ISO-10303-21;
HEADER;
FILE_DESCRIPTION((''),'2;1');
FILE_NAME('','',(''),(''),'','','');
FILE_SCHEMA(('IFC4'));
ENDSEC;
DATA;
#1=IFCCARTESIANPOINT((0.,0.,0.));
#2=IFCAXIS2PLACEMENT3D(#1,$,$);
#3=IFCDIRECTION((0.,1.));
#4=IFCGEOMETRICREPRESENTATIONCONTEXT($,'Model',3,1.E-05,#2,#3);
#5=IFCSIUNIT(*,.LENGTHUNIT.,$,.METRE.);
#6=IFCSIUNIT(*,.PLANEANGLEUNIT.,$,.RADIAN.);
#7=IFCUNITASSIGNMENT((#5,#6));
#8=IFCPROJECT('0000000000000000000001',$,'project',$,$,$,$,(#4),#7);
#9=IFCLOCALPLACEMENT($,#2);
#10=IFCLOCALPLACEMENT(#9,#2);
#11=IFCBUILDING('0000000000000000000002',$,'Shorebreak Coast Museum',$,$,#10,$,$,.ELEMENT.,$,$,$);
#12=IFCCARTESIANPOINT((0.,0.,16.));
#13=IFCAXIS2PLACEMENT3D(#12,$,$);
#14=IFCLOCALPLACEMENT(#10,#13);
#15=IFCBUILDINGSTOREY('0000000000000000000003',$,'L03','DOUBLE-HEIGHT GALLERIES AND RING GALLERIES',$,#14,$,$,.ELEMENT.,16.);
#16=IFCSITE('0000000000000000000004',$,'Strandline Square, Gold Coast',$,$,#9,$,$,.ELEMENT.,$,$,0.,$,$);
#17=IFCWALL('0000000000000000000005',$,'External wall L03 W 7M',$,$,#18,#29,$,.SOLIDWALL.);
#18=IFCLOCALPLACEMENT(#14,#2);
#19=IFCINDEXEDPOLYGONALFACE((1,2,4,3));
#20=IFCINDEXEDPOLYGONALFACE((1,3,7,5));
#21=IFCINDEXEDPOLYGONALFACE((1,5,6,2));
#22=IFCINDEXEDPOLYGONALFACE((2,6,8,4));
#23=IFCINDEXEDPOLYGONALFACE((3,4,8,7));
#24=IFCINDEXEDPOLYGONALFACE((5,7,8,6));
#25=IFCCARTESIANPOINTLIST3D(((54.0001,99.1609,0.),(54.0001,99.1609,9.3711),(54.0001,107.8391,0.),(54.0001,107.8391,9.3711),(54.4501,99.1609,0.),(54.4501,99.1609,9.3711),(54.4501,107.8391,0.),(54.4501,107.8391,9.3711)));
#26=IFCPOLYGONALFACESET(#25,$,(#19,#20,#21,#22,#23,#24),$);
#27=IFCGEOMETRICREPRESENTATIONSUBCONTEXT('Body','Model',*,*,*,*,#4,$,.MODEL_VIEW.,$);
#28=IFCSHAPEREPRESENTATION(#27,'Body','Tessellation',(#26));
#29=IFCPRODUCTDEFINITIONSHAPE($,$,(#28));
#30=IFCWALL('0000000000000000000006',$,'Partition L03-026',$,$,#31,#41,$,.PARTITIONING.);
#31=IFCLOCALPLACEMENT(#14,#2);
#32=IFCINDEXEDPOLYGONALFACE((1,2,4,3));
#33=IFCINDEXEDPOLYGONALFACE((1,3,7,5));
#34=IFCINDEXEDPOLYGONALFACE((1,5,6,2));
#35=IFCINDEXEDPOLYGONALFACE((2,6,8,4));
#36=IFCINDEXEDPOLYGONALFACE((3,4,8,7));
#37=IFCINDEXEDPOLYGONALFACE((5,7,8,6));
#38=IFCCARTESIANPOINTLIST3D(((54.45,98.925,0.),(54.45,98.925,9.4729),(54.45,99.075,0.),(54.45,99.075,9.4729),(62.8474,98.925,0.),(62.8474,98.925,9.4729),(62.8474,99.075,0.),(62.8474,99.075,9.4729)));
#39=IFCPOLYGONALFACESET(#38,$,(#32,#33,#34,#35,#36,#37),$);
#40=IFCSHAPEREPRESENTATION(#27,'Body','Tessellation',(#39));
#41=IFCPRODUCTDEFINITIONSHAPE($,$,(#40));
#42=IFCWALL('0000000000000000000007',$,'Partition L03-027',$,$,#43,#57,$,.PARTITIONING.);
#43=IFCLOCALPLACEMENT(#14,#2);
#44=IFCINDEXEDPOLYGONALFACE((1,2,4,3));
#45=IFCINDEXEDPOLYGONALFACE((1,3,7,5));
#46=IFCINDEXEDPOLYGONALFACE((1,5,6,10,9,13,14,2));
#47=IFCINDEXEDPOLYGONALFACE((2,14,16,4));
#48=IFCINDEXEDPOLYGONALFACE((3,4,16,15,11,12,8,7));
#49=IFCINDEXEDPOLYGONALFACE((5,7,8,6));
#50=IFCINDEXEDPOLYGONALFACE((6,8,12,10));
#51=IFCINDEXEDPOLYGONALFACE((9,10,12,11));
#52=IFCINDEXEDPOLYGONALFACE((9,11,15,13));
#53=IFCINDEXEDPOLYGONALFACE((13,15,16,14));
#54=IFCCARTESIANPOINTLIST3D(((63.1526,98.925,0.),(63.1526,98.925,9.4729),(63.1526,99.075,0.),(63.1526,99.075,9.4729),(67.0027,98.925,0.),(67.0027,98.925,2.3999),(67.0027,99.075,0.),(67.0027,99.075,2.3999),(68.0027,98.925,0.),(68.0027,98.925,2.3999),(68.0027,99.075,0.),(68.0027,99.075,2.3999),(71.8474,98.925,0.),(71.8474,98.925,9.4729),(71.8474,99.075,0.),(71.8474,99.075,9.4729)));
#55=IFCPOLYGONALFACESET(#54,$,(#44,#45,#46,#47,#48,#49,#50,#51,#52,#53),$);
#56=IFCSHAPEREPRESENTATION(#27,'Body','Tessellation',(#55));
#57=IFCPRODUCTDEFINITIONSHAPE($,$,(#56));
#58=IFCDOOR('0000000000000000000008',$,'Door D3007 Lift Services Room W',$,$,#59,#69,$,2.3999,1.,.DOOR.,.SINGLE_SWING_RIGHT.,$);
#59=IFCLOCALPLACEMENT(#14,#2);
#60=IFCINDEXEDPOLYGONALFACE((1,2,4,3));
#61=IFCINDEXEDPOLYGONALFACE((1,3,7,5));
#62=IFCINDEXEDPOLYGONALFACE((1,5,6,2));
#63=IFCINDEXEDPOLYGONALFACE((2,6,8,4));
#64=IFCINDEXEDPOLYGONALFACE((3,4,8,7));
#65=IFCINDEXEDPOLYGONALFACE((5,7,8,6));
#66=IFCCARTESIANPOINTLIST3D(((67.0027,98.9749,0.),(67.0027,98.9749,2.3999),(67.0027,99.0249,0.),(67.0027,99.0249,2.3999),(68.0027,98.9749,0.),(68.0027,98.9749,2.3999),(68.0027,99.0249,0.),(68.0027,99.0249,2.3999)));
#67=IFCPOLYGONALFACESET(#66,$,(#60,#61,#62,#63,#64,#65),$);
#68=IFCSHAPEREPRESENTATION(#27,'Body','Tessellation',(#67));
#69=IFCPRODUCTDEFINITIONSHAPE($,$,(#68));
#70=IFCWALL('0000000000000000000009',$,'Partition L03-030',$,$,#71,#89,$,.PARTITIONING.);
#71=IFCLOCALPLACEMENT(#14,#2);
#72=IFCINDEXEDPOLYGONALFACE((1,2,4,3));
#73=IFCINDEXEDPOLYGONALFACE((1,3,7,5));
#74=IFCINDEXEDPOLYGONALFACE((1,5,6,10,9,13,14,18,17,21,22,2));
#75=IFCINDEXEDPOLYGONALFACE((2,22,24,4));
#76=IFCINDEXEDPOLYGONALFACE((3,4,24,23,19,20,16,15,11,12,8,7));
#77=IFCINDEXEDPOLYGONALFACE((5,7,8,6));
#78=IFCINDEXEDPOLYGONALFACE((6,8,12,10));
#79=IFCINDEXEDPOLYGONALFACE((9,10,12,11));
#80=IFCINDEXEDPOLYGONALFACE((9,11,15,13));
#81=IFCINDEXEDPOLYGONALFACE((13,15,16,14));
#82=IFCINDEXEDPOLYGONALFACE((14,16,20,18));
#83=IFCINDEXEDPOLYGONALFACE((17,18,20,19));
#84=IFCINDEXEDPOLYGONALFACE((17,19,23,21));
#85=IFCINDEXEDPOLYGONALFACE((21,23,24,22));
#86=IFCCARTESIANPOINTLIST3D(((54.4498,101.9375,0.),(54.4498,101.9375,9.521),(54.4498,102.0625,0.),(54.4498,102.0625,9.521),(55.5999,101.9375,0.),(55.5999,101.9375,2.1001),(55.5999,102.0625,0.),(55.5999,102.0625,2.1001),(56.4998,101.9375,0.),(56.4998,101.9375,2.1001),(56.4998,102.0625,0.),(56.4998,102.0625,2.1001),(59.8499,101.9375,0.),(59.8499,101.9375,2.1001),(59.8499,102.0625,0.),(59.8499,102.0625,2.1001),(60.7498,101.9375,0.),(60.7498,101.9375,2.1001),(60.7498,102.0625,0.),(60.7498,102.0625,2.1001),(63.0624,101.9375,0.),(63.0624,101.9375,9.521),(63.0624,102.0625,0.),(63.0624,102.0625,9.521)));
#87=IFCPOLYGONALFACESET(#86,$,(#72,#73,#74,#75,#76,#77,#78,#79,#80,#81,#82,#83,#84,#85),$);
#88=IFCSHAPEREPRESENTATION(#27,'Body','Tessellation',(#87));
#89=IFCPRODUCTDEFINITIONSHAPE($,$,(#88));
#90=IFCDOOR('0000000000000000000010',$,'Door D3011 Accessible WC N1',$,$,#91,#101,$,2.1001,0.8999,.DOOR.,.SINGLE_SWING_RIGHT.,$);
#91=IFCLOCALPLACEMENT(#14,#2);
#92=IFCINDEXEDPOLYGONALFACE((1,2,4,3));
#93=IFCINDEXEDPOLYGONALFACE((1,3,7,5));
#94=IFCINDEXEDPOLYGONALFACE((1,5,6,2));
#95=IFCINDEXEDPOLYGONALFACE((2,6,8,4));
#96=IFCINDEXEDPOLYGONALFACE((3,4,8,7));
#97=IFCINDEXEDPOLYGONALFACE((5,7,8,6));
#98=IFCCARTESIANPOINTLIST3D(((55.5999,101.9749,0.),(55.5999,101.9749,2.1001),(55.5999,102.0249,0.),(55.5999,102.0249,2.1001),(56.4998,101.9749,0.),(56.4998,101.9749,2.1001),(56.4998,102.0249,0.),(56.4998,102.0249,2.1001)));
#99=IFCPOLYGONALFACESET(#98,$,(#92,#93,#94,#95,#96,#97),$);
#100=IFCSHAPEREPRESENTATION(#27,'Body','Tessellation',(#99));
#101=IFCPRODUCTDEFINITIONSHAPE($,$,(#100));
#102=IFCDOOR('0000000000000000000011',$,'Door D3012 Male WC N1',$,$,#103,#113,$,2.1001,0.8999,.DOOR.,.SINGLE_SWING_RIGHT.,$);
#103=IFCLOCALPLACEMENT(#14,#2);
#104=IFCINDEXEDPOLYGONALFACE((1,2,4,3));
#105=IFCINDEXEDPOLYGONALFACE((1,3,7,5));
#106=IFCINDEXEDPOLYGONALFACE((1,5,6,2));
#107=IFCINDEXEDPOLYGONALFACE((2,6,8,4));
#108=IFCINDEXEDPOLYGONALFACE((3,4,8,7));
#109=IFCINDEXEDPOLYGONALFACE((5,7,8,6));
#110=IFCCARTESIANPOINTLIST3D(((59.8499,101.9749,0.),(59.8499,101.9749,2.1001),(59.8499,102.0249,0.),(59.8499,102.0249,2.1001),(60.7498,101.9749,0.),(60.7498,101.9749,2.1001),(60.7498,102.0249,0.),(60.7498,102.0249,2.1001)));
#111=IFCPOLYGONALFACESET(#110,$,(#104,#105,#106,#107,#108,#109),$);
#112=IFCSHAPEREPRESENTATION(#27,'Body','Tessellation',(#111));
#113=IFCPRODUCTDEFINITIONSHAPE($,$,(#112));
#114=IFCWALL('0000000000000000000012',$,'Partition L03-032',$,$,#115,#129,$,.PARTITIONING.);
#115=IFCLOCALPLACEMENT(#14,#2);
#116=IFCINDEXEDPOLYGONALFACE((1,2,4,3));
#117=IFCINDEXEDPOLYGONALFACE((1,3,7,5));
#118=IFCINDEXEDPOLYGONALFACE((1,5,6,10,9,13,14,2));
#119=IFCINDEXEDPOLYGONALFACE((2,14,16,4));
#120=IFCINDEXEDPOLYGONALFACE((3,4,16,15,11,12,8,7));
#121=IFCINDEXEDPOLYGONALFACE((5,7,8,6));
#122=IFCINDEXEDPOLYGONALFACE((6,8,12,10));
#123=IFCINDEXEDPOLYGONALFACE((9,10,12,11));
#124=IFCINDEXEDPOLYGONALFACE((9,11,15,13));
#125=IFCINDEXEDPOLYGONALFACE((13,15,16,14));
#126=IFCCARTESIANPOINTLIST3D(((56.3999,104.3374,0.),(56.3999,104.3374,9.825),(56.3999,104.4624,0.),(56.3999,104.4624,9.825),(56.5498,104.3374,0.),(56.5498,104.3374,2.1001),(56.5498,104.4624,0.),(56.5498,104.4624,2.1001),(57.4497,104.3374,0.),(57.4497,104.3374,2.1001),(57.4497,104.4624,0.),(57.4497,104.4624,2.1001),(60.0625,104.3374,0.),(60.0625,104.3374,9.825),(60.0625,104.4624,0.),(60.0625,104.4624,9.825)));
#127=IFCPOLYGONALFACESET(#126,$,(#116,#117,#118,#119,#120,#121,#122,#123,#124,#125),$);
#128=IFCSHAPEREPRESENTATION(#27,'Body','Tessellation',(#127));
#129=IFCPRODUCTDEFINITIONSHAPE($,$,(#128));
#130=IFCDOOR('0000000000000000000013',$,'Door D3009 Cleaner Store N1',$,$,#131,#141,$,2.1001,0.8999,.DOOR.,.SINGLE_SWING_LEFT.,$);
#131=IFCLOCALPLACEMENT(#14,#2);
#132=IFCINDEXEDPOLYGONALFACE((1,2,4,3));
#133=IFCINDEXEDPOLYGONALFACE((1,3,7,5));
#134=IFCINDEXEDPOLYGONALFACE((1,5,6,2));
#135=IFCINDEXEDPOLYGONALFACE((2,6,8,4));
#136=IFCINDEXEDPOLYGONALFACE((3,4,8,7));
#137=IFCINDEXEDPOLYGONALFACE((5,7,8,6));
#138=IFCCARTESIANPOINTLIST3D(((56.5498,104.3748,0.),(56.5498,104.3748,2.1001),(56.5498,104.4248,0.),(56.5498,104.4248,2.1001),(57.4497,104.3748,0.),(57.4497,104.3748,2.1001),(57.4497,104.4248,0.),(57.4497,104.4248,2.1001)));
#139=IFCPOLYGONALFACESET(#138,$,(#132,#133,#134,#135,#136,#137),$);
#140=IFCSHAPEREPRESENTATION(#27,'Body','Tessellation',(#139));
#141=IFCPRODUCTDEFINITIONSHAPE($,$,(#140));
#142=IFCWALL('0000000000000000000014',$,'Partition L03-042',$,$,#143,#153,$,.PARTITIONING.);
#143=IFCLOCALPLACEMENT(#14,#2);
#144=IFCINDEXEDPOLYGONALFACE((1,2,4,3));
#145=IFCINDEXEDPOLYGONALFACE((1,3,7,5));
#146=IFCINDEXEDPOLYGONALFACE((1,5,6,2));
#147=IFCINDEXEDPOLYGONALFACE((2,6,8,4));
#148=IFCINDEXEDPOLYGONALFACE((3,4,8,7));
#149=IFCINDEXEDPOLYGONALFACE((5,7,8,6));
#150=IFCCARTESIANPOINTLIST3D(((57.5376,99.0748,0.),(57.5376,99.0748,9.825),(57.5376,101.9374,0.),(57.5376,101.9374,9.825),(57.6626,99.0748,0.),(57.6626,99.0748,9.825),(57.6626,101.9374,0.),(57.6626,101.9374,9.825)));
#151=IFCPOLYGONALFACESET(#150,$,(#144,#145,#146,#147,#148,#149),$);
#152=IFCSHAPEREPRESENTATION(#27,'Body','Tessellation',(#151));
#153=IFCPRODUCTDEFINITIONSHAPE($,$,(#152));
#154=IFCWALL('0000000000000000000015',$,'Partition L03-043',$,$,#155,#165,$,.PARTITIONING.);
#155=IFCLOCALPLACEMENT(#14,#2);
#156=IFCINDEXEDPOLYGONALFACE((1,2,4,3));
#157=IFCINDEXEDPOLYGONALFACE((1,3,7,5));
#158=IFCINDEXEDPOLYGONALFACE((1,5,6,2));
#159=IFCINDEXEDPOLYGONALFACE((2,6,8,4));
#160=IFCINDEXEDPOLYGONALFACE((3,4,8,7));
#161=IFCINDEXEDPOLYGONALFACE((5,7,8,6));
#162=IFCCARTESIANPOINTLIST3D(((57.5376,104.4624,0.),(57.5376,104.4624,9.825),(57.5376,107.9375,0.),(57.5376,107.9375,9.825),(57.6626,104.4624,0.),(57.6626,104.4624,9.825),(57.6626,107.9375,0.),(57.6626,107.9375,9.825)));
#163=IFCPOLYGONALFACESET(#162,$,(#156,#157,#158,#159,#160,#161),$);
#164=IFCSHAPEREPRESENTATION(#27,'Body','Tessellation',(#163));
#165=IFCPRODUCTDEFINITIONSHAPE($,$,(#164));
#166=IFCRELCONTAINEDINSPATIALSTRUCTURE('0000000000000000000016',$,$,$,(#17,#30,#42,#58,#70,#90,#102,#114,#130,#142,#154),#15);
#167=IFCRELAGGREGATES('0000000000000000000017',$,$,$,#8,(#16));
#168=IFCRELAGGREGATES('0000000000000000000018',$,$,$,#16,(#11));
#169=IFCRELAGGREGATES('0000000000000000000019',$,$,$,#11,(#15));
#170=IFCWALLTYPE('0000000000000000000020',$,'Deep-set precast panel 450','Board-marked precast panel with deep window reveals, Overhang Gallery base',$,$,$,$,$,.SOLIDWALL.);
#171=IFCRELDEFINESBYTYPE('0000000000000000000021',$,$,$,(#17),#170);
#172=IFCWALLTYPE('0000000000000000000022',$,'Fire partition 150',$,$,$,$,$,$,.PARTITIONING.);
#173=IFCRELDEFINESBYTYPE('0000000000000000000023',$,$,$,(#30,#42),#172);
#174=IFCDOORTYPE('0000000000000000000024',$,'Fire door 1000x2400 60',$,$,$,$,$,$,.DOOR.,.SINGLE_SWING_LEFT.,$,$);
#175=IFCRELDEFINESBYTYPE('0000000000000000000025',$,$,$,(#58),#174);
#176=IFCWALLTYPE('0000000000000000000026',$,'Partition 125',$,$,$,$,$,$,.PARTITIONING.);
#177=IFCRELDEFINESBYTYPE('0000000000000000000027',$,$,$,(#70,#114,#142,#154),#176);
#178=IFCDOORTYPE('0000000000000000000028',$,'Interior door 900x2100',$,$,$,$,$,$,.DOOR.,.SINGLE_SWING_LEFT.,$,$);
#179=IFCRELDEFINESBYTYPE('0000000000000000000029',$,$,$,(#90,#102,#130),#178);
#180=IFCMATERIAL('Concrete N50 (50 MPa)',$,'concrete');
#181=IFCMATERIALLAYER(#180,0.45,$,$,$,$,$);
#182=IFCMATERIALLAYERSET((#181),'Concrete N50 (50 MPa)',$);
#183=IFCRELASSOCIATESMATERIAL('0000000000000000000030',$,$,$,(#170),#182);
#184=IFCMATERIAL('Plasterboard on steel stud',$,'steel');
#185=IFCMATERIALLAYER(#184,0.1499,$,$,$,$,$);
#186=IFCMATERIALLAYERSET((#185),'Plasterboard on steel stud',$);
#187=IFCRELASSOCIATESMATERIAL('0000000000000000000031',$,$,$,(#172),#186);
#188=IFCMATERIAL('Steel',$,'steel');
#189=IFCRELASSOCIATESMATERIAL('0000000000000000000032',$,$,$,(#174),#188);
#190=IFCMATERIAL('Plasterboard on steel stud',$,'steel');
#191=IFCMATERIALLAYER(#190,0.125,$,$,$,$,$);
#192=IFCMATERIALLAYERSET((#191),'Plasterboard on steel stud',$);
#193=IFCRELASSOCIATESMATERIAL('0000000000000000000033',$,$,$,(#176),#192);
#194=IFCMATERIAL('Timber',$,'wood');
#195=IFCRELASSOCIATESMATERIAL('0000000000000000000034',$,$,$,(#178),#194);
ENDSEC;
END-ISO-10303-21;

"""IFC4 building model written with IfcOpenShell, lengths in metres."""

from ifc_helpers import new_model, si_unit, direction, frame, frame_2d, origin, place, context, subcontext, project, spatial, rectangle, extrude, material, layer, layer_set, type_object, element, fill, save


model = new_model("IFC4")

# Units and contexts
model_context = context("Model", 3, precision=1e-05, world=origin(), true_north=direction((0.0, 1.0)))
body_context = subcontext(model_context, "Body", "Model", "MODEL_VIEW")
ifc_project = project(units=[si_unit("LENGTHUNIT", "METRE"), si_unit("PLANEANGLEUNIT", "RADIAN")], contexts=[model_context])

# Site, building, storey
site_placement = place(None, origin())
site = spatial("IfcSite", under=ifc_project, at=site_placement, Name="Strandline Square, Gold Coast", CompositionType="ELEMENT", RefElevation=0.0)
building_placement = place(site_placement, origin())
building = spatial("IfcBuilding", under=site, at=building_placement, Name="Shorebreak Coast Museum", CompositionType="ELEMENT")
storey_placement = place(building_placement, frame((0.0, 0.0, 16.0)))
storey = spatial("IfcBuildingStorey", under=building, at=storey_placement, Name="L03", Description="DOUBLE-HEIGHT GALLERIES AND RING GALLERIES", CompositionType="ELEMENT", Elevation=16.0)

# Walls
ifc_material_1 = material(Name="Concrete N50 (50 MPa)", Category="concrete")
ifc_layer_1 = layer(ifc_material_1, 0.45)
ifc_layer_set_1 = layer_set([ifc_layer_1], Name="Concrete N50 (50 MPa)")
wall_type_1 = type_object("IfcWallType", Name="Deep-set precast panel 450", Description="Board-marked precast panel with deep window reveals, Overhang Gallery base", PredefinedType="SOLIDWALL", material=ifc_layer_set_1)
wall_1_placement = place(storey_placement, frame((54.2251, 99.1609, 0.0), z_axis=(0.0, 0.0, 1.0), x_axis=(0.0, 1.0, 0.0)))
element("IfcWall", 1, at=wall_1_placement, inside=storey, type_object=wall_type_1, Name="External wall L03 W 7M", PredefinedType="SOLIDWALL", context=body_context, shape_type="SweptSolid", body=[
    extrude(rectangle(XDim=8.6782, YDim=0.45, at=frame_2d((4.3391, 0.0))), origin(), (0.0, 0.0, 1.0), 9.3711),
])
ifc_material_2 = material(Name="Plasterboard on steel stud", Category="steel")
ifc_layer_2 = layer(ifc_material_2, 0.1499)
ifc_layer_set_2 = layer_set([ifc_layer_2], Name="Plasterboard on steel stud")
wall_type_2 = type_object("IfcWallType", Name="Fire partition 150", PredefinedType="PARTITIONING", material=ifc_layer_set_2)
wall_2_placement = place(storey_placement, frame((54.45, 99.0, 0.0), z_axis=(0.0, 0.0, 1.0), x_axis=(1.0, 0.0, 0.0)))
element("IfcWall", 2, at=wall_2_placement, inside=storey, type_object=wall_type_2, Name="Partition L03-026", PredefinedType="PARTITIONING", context=body_context, shape_type="SweptSolid", body=[
    extrude(rectangle(XDim=8.3975, YDim=0.1499, at=frame_2d((4.1987, 0.0))), origin(), (0.0, 0.0, 1.0), 9.4729),
])

# Wall, opening, door
wall_3_placement = place(storey_placement, frame((63.1526, 99.0, 0.0), z_axis=(0.0, 0.0, 1.0), x_axis=(1.0, 0.0, 0.0)))
wall_3 = element("IfcWall", 3, at=wall_3_placement, inside=storey, type_object=wall_type_2, Name="Partition L03-027", PredefinedType="PARTITIONING", context=body_context, shape_type="SweptSolid", body=[
    extrude(rectangle(XDim=8.6948, YDim=0.1499, at=frame_2d((4.3474, 0.0))), origin(), (0.0, 0.0, 1.0), 9.4729),
])
opening_1_placement = place(wall_3_placement, frame((3.8501, 0.0, 0.0)))
opening_1 = element("IfcOpeningElement", 4, at=opening_1_placement, cuts=wall_3, PredefinedType="OPENING", context=body_context, shape_type="SweptSolid", body=[
    extrude(rectangle(XDim=1.0, YDim=2.3999, at=frame_2d((0.5, 1.2))), frame((0.0, 0.085, 0.0), z_axis=(0.0, -1.0, 0.0), x_axis=(1.0, 0.0, 0.0)), (0.0, 0.0, 1.0), 0.1699),
])
ifc_material_3 = material(Name="Steel", Category="steel")
door_type_1 = type_object("IfcDoorType", Name="Fire door 1000x2400 60", OperationType="SINGLE_SWING_LEFT", PredefinedType="DOOR", material=ifc_material_3)
door_1_placement = place(opening_1_placement, origin())
door_1 = element("IfcDoor", 5, at=door_1_placement, inside=storey, type_object=door_type_1, Name="Door D3007 Lift Services Room W", OperationType="SINGLE_SWING_RIGHT", OverallHeight=2.3999, OverallWidth=1.0, PredefinedType="DOOR", context=body_context, shape_type="SweptSolid", body=[
    extrude(rectangle(XDim=1.0, YDim=2.3999, at=frame_2d((0.5, 1.2))), frame((0.0, 0.0249, 0.0), z_axis=(0.0, -1.0, 0.0), x_axis=(1.0, 0.0, 0.0)), (0.0, 0.0, 1.0), 0.05),
])
fill(opening_1, door_1)

# Wall, openings, doors
ifc_material_4 = material(Name="Plasterboard on steel stud", Category="steel")
ifc_layer_3 = layer(ifc_material_4, 0.125)
ifc_layer_set_3 = layer_set([ifc_layer_3], Name="Plasterboard on steel stud")
wall_type_3 = type_object("IfcWallType", Name="Partition 125", PredefinedType="PARTITIONING", material=ifc_layer_set_3)
wall_4_placement = place(storey_placement, frame((54.45, 102.0, 0.0), z_axis=(0.0, 0.0, 1.0), x_axis=(1.0, 0.0, 0.0)))
wall_4 = element("IfcWall", 6, at=wall_4_placement, inside=storey, type_object=wall_type_3, Name="Partition L03-030", PredefinedType="PARTITIONING", context=body_context, shape_type="SweptSolid", body=[
    extrude(rectangle(XDim=8.6125, YDim=0.125, at=frame_2d((4.3062, 0.0))), origin(), (0.0, 0.0, 1.0), 9.521),
])
opening_2_placement = place(wall_4_placement, frame((1.1499, 0.0, 0.0)))
opening_2 = element("IfcOpeningElement", 7, at=opening_2_placement, cuts=wall_4, PredefinedType="OPENING", context=body_context, shape_type="SweptSolid", body=[
    extrude(rectangle(XDim=0.8999, YDim=2.1001, at=frame_2d((0.45, 1.05))), frame((0.0, 0.0725, 0.0), z_axis=(0.0, -1.0, 0.0), x_axis=(1.0, 0.0, 0.0)), (0.0, 0.0, 1.0), 0.145),
])
opening_3_placement = place(wall_4_placement, frame((5.3999, 0.0, 0.0)))
opening_3 = element("IfcOpeningElement", 8, at=opening_3_placement, cuts=wall_4, PredefinedType="OPENING", context=body_context, shape_type="SweptSolid", body=[
    extrude(rectangle(XDim=0.8999, YDim=2.1001, at=frame_2d((0.45, 1.05))), frame((0.0, 0.0725, 0.0), z_axis=(0.0, -1.0, 0.0), x_axis=(1.0, 0.0, 0.0)), (0.0, 0.0, 1.0), 0.145),
])
ifc_material_5 = material(Name="Timber", Category="wood")
door_type_2 = type_object("IfcDoorType", Name="Interior door 900x2100", OperationType="SINGLE_SWING_LEFT", PredefinedType="DOOR", material=ifc_material_5)
door_2_placement = place(opening_2_placement, origin())
door_2 = element("IfcDoor", 9, at=door_2_placement, inside=storey, type_object=door_type_2, Name="Door D3011 Accessible WC N1", OperationType="SINGLE_SWING_RIGHT", OverallHeight=2.1001, OverallWidth=0.8999, PredefinedType="DOOR", context=body_context, shape_type="SweptSolid", body=[
    extrude(rectangle(XDim=0.8999, YDim=2.1001, at=frame_2d((0.45, 1.05))), frame((0.0, 0.0249, 0.0), z_axis=(0.0, -1.0, 0.0), x_axis=(1.0, 0.0, 0.0)), (0.0, 0.0, 1.0), 0.05),
])
fill(opening_2, door_2)
door_3_placement = place(opening_3_placement, origin())
door_3 = element("IfcDoor", 10, at=door_3_placement, inside=storey, type_object=door_type_2, Name="Door D3012 Male WC N1", OperationType="SINGLE_SWING_RIGHT", OverallHeight=2.1001, OverallWidth=0.8999, PredefinedType="DOOR", context=body_context, shape_type="SweptSolid", body=[
    extrude(rectangle(XDim=0.8999, YDim=2.1001, at=frame_2d((0.45, 1.05))), frame((0.0, 0.0249, 0.0), z_axis=(0.0, -1.0, 0.0), x_axis=(1.0, 0.0, 0.0)), (0.0, 0.0, 1.0), 0.05),
])
fill(opening_3, door_3)

# Wall, opening, door
wall_5_placement = place(storey_placement, frame((56.3999, 104.3999, 0.0), z_axis=(0.0, 0.0, 1.0), x_axis=(1.0, 0.0, 0.0)))
wall_5 = element("IfcWall", 11, at=wall_5_placement, inside=storey, type_object=wall_type_3, Name="Partition L03-032", PredefinedType="PARTITIONING", context=body_context, shape_type="SweptSolid", body=[
    extrude(rectangle(XDim=3.6626, YDim=0.125, at=frame_2d((1.8313, 0.0))), origin(), (0.0, 0.0, 1.0), 9.825),
])
opening_4_placement = place(wall_5_placement, frame((0.1499, 0.0, 0.0)))
opening_4 = element("IfcOpeningElement", 12, at=opening_4_placement, cuts=wall_5, PredefinedType="OPENING", context=body_context, shape_type="SweptSolid", body=[
    extrude(rectangle(XDim=0.8999, YDim=2.1001, at=frame_2d((0.45, 1.05))), frame((0.0, 0.0725, 0.0), z_axis=(0.0, -1.0, 0.0), x_axis=(1.0, 0.0, 0.0)), (0.0, 0.0, 1.0), 0.145),
])
door_4_placement = place(opening_4_placement, origin())
door_4 = element("IfcDoor", 13, at=door_4_placement, inside=storey, type_object=door_type_2, Name="Door D3009 Cleaner Store N1", OperationType="SINGLE_SWING_LEFT", OverallHeight=2.1001, OverallWidth=0.8999, PredefinedType="DOOR", context=body_context, shape_type="SweptSolid", body=[
    extrude(rectangle(XDim=0.8999, YDim=2.1001, at=frame_2d((0.45, 1.05))), frame((0.0, 0.0249, 0.0), z_axis=(0.0, -1.0, 0.0), x_axis=(1.0, 0.0, 0.0)), (0.0, 0.0, 1.0), 0.05),
])
fill(opening_4, door_4)

# Walls
wall_6_placement = place(storey_placement, frame((57.6001, 99.075, 0.0), z_axis=(0.0, 0.0, 1.0), x_axis=(0.0, 1.0, 0.0)))
element("IfcWall", 14, at=wall_6_placement, inside=storey, type_object=wall_type_3, Name="Partition L03-042", PredefinedType="PARTITIONING", context=body_context, shape_type="SweptSolid", body=[
    extrude(rectangle(XDim=2.8625, YDim=0.125, at=frame_2d((1.4312, 0.0))), origin(), (0.0, 0.0, 1.0), 9.825),
])
wall_7_placement = place(storey_placement, frame((57.6001, 104.4624, 0.0), z_axis=(0.0, 0.0, 1.0), x_axis=(0.0, 1.0, 0.0)))
element("IfcWall", 15, at=wall_7_placement, inside=storey, type_object=wall_type_3, Name="Partition L03-043", PredefinedType="PARTITIONING", context=body_context, shape_type="SweptSolid", body=[
    extrude(rectangle(XDim=3.4751, YDim=0.125, at=frame_2d((1.7375, 0.0))), origin(), (0.0, 0.0, 1.0), 9.825),
])

save(model, "model.ifc")
